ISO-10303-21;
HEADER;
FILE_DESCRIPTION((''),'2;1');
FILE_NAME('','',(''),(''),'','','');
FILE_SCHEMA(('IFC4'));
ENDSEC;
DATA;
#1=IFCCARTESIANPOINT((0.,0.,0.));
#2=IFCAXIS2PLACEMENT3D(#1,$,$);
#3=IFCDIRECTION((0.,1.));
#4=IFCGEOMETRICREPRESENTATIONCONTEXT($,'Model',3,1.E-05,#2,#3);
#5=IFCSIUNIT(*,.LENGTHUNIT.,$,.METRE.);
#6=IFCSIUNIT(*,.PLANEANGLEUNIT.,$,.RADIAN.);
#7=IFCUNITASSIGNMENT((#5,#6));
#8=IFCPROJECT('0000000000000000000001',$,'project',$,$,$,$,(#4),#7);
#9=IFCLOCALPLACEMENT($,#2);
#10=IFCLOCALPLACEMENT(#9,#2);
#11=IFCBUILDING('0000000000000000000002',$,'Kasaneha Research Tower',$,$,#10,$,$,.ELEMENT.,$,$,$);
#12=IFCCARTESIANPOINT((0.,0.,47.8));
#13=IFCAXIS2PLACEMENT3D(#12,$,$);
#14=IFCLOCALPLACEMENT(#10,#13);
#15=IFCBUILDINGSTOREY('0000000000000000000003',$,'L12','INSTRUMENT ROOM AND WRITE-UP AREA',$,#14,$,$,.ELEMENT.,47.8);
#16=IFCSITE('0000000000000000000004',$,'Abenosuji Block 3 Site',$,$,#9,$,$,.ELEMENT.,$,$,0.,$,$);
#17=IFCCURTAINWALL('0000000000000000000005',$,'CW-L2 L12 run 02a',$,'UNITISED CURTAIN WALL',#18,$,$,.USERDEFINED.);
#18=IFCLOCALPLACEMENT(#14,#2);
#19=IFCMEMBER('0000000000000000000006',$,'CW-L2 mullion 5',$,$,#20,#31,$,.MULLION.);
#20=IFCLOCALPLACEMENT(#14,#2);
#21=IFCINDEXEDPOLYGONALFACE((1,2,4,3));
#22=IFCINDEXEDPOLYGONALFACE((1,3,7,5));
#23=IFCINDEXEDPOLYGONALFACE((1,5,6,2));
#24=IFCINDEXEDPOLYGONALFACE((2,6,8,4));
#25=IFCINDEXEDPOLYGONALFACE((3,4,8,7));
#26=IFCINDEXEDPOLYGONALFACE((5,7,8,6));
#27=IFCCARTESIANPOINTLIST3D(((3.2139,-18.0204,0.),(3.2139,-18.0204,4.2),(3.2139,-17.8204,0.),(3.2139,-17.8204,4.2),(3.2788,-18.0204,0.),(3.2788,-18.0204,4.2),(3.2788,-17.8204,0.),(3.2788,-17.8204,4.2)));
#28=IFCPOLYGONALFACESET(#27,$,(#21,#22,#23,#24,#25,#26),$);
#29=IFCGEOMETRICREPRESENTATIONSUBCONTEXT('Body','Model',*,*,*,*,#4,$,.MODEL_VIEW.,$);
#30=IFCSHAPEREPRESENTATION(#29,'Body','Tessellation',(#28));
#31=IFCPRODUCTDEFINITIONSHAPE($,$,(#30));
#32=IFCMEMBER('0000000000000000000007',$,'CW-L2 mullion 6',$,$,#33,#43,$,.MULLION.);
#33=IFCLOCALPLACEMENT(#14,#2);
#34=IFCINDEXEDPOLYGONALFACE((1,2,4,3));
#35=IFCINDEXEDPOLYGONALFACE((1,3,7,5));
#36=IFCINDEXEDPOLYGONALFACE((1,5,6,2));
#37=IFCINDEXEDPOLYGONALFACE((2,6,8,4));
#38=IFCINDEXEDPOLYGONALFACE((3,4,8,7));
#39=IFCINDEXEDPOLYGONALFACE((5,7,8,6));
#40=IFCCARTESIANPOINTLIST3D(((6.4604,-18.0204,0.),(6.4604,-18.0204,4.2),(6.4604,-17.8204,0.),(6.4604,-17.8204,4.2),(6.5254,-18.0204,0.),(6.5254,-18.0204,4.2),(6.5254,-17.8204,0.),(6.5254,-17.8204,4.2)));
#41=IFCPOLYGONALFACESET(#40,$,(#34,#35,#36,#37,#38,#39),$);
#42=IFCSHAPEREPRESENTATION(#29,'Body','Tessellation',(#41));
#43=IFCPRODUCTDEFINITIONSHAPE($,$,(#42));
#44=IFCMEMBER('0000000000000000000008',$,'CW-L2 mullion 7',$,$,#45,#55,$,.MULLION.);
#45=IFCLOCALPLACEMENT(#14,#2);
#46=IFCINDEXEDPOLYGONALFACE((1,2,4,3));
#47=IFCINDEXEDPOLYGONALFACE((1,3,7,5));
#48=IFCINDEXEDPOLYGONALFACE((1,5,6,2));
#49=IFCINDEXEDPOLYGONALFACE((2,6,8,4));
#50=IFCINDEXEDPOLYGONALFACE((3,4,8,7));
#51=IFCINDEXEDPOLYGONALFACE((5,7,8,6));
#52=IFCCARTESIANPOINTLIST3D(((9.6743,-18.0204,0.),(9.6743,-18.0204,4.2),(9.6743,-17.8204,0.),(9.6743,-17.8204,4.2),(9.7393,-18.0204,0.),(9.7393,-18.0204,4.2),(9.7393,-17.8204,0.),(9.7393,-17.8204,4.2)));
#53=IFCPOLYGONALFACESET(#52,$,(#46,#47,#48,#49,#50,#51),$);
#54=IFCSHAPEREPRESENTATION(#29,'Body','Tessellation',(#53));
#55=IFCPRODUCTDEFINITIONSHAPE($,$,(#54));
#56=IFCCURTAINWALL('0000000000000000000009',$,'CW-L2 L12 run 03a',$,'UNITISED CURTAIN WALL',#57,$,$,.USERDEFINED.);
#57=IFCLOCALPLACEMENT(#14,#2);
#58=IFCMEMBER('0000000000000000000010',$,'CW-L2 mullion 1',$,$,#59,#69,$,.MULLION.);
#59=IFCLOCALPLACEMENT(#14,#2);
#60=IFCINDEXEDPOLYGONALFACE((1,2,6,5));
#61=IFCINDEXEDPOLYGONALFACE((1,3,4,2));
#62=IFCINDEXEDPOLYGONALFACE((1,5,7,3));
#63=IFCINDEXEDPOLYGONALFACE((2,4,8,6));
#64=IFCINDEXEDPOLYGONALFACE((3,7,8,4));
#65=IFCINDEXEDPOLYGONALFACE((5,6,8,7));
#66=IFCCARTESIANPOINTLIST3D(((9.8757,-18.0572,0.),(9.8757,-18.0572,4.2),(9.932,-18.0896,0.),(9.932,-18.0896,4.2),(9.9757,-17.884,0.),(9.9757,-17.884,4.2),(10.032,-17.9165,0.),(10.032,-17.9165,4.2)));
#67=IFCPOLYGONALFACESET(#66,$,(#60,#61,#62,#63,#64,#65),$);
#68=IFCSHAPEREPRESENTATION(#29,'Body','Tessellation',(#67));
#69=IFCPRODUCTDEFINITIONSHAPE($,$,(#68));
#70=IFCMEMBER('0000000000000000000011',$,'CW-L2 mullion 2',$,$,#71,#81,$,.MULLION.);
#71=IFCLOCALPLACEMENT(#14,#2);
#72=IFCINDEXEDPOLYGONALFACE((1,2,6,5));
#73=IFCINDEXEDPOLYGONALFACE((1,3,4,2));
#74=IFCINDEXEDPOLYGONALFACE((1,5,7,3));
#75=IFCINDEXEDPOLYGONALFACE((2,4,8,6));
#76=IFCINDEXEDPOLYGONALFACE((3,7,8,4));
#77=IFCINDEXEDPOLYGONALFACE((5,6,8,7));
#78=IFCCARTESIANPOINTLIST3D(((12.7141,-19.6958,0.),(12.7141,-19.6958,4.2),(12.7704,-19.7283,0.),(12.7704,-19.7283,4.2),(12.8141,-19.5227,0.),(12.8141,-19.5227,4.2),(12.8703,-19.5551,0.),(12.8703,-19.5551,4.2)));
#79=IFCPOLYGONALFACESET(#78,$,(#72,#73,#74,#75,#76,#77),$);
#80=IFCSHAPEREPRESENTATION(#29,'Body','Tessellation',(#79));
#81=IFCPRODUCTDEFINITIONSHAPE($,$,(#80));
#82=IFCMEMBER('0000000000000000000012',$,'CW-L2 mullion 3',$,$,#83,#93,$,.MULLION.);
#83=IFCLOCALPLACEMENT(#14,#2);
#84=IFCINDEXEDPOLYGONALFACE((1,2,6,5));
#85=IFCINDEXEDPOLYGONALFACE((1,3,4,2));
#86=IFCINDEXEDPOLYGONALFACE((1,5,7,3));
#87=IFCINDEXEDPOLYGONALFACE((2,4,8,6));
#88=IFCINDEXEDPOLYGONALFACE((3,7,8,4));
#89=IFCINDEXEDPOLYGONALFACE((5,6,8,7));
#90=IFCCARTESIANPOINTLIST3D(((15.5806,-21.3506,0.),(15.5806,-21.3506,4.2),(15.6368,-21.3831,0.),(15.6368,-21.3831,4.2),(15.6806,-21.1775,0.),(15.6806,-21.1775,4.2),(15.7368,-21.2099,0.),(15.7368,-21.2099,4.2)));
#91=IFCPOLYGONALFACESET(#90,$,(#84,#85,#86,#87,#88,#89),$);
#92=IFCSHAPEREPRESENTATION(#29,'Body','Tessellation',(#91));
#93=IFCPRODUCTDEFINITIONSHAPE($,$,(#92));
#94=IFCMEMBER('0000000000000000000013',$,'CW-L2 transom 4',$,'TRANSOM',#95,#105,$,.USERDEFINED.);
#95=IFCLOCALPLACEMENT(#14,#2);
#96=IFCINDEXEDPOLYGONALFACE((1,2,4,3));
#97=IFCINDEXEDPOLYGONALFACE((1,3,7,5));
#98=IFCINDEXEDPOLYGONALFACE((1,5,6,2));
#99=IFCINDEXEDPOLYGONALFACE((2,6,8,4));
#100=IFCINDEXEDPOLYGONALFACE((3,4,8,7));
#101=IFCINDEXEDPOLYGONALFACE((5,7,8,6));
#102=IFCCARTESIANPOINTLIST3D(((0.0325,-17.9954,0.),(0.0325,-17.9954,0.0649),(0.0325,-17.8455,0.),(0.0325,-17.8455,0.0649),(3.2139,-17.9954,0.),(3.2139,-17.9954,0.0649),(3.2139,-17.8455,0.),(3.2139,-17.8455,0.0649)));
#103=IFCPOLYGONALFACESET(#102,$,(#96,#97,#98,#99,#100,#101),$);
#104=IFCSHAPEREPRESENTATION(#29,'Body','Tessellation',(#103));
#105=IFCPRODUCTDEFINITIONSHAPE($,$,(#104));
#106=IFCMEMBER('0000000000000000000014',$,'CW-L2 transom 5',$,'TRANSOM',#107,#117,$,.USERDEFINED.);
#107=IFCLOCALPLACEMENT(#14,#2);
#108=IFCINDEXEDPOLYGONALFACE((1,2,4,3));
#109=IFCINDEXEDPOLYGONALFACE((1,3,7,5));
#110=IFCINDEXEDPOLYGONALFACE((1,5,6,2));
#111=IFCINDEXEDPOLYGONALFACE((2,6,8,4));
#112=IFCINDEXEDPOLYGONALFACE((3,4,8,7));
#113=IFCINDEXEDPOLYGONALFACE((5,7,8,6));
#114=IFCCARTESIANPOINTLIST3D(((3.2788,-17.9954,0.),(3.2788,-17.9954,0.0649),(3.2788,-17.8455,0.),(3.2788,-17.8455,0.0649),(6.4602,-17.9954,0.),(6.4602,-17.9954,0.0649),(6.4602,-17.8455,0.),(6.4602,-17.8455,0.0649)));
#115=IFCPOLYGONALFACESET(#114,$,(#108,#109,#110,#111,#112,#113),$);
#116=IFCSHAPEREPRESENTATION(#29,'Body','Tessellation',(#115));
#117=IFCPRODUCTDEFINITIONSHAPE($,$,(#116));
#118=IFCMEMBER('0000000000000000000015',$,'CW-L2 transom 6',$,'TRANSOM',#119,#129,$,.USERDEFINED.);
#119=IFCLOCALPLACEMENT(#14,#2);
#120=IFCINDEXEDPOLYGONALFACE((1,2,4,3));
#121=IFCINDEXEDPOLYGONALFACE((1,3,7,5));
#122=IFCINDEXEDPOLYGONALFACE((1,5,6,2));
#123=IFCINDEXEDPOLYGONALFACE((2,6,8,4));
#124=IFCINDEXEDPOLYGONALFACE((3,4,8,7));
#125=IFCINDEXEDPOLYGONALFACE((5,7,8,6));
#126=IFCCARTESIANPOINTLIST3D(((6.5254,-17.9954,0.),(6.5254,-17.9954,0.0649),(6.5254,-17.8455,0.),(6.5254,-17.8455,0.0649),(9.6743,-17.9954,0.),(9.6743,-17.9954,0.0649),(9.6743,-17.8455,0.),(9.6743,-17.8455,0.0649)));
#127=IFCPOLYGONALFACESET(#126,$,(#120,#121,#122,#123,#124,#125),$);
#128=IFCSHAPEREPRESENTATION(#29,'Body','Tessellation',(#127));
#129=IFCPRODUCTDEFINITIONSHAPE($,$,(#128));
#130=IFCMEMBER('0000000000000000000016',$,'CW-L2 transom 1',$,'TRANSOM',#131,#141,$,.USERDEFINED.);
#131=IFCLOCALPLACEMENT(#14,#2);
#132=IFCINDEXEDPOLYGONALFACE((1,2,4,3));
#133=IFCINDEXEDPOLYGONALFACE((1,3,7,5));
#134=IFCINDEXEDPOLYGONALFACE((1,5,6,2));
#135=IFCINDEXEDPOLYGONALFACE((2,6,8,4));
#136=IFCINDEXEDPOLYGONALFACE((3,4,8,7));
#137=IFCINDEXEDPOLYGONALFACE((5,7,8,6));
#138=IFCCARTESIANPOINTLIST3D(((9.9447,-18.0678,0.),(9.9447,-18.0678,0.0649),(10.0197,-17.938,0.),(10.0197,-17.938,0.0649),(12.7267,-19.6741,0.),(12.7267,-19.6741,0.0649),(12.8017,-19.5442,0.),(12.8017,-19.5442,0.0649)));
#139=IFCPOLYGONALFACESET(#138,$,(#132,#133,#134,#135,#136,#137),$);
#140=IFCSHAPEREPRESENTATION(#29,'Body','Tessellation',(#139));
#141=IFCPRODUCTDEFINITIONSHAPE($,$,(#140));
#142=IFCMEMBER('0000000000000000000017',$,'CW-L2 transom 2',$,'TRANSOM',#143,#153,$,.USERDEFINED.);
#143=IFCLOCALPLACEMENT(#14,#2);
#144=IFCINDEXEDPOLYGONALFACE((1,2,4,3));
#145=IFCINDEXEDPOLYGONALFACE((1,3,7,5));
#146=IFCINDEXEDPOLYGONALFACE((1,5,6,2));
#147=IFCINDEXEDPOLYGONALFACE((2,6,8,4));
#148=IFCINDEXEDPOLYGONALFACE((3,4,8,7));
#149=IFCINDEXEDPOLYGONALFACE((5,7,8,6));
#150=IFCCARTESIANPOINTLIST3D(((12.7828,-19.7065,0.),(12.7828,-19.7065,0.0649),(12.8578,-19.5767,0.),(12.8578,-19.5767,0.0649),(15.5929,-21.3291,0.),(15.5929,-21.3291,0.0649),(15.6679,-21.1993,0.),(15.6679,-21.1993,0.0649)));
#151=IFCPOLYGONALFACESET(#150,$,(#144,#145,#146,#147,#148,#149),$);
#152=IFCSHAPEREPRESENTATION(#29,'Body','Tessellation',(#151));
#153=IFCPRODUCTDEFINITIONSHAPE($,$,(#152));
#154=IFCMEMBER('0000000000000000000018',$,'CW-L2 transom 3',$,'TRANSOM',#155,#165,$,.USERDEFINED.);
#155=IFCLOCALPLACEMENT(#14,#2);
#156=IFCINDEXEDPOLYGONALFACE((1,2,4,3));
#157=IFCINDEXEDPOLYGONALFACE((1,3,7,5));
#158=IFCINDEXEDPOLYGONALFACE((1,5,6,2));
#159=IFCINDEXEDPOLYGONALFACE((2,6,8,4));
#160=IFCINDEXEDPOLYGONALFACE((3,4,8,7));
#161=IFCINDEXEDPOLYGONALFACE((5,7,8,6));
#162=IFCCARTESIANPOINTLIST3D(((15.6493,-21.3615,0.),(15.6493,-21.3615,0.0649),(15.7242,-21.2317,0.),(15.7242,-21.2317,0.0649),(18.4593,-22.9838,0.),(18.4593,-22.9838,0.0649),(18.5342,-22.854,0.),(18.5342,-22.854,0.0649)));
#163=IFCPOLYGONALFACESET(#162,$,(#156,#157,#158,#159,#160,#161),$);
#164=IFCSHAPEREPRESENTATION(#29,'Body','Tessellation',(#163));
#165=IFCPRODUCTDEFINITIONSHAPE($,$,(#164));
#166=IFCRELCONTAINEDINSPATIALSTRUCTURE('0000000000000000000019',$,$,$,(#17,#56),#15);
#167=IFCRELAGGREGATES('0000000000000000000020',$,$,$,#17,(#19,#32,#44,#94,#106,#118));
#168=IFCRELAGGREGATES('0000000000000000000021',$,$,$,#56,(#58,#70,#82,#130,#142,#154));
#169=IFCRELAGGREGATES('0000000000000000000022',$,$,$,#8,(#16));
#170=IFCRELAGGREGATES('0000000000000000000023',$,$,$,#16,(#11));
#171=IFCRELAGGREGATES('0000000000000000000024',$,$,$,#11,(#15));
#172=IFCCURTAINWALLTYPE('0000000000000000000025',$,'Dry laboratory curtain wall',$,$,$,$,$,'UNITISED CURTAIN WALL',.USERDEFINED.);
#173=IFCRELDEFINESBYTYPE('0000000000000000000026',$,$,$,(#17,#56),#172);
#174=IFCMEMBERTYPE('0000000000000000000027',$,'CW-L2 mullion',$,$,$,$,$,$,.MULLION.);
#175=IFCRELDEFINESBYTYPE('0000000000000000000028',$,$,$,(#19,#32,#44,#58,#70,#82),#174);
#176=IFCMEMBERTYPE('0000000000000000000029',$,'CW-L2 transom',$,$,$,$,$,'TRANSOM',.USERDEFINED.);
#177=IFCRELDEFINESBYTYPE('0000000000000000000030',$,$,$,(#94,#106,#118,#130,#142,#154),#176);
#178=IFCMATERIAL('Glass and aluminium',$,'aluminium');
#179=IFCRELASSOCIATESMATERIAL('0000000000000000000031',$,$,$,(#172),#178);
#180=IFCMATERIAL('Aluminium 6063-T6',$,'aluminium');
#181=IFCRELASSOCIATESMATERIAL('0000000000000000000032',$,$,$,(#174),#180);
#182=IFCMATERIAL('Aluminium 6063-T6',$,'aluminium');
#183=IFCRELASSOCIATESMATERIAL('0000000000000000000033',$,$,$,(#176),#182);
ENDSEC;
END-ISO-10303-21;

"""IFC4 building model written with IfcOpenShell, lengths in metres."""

from ifc_helpers import new_model, si_unit, direction, frame, origin, origin_2d, place, context, subcontext, project, spatial, rectangle, extrude, material, material_profile, profile_set, type_object, element, aggregate, save


model = new_model("IFC4")

# Units and contexts
model_context = context("Model", 3, precision=1e-05, world=origin(), true_north=direction((0.0, 1.0)))
body_context = subcontext(model_context, "Body", "Model", "MODEL_VIEW")
ifc_project = project(units=[si_unit("LENGTHUNIT", "METRE"), si_unit("PLANEANGLEUNIT", "RADIAN")], contexts=[model_context])

# Site, building, storey
site_placement = place(None, origin())
site = spatial("IfcSite", under=ifc_project, at=site_placement, Name="Abenosuji Block 3 Site", CompositionType="ELEMENT", RefElevation=0.0)
building_placement = place(site_placement, origin())
building = spatial("IfcBuilding", under=site, at=building_placement, Name="Kasaneha Research Tower", CompositionType="ELEMENT")
storey_placement = place(building_placement, frame((0.0, 0.0, 47.8)))
storey = spatial("IfcBuildingStorey", under=building, at=storey_placement, Name="L12", Description="INSTRUMENT ROOM AND WRITE-UP AREA", CompositionType="ELEMENT", Elevation=47.8)

# Curtain walls, members
ifc_material_1 = material(Name="Glass and aluminium", Category="aluminium")
curtain_wall_type = type_object("IfcCurtainWallType", Name="Dry laboratory curtain wall", ElementType="UNITISED CURTAIN WALL", PredefinedType="USERDEFINED", material=ifc_material_1)
curtain_wall_1_placement = place(storey_placement, origin())
curtain_wall_1 = element("IfcCurtainWall", 1, at=curtain_wall_1_placement, inside=storey, type_object=curtain_wall_type, Name="CW-L2 L12 run 02a", ObjectType="UNITISED CURTAIN WALL", PredefinedType="USERDEFINED")
ifc_material_2 = material(Name="Aluminium 6063-T6", Category="aluminium")
ifc_material_profile_1 = material_profile(ifc_material_2, rectangle(XDim=0.0649, YDim=0.2, at=origin_2d()), Name="CW-L2 mullion 65x200")
ifc_profile_set_1 = profile_set([ifc_material_profile_1], Name="Aluminium 6063-T6")
member_type_1 = type_object("IfcMemberType", Name="CW-L2 mullion", PredefinedType="MULLION", material=ifc_profile_set_1)
member_1_placement = place(storey_placement, frame((3.2463, -17.9204, 0.0), z_axis=(0.0, 0.0, 1.0), x_axis=(1.0, 0.0, 0.0)))
member_1 = element("IfcMember", 2, at=member_1_placement, type_object=member_type_1, Name="CW-L2 mullion 5", PredefinedType="MULLION", context=body_context, shape_type="SweptSolid", body=[
    extrude(rectangle(XDim=0.0649, YDim=0.2, at=origin_2d()), origin(), (0.0, 0.0, 1.0), 4.2),
])
member_2_placement = place(storey_placement, frame((6.4929, -17.9204, 0.0), z_axis=(0.0, 0.0, 1.0), x_axis=(1.0, 0.0, 0.0)))
member_2 = element("IfcMember", 3, at=member_2_placement, type_object=member_type_1, Name="CW-L2 mullion 6", PredefinedType="MULLION", context=body_context, shape_type="SweptSolid", body=[
    extrude(rectangle(XDim=0.0649, YDim=0.2, at=origin_2d()), origin(), (0.0, 0.0, 1.0), 4.2),
])
member_3_placement = place(storey_placement, frame((9.7068, -17.9204, 0.0), z_axis=(0.0, 0.0, 1.0), x_axis=(1.0, 0.0, 0.0)))
member_3 = element("IfcMember", 4, at=member_3_placement, type_object=member_type_1, Name="CW-L2 mullion 7", PredefinedType="MULLION", context=body_context, shape_type="SweptSolid", body=[
    extrude(rectangle(XDim=0.0649, YDim=0.2, at=origin_2d()), origin(), (0.0, 0.0, 1.0), 4.2),
])
curtain_wall_2_placement = place(storey_placement, origin())
curtain_wall_2 = element("IfcCurtainWall", 5, at=curtain_wall_2_placement, inside=storey, type_object=curtain_wall_type, Name="CW-L2 L12 run 03a", ObjectType="UNITISED CURTAIN WALL", PredefinedType="USERDEFINED")
member_4_placement = place(storey_placement, frame((9.9539, -17.9868, 0.0), z_axis=(0.0, 0.0, 1.0), x_axis=(0.866025, -0.5, 0.0)))
member_4 = element("IfcMember", 6, at=member_4_placement, type_object=member_type_1, Name="CW-L2 mullion 1", PredefinedType="MULLION", context=body_context, shape_type="SweptSolid", body=[
    extrude(rectangle(XDim=0.0649, YDim=0.2, at=origin_2d()), origin(), (0.0, 0.0, 1.0), 4.2),
])
member_5_placement = place(storey_placement, frame((12.7922, -19.6255, 0.0), z_axis=(0.0, 0.0, 1.0), x_axis=(0.866025, -0.5, 0.0)))
member_5 = element("IfcMember", 7, at=member_5_placement, type_object=member_type_1, Name="CW-L2 mullion 2", PredefinedType="MULLION", context=body_context, shape_type="SweptSolid", body=[
    extrude(rectangle(XDim=0.0649, YDim=0.2, at=origin_2d()), origin(), (0.0, 0.0, 1.0), 4.2),
])
member_6_placement = place(storey_placement, frame((15.6587, -21.2803, 0.0), z_axis=(0.0, 0.0, 1.0), x_axis=(0.866025, -0.5, 0.0)))
member_6 = element("IfcMember", 8, at=member_6_placement, type_object=member_type_1, Name="CW-L2 mullion 3", PredefinedType="MULLION", context=body_context, shape_type="SweptSolid", body=[
    extrude(rectangle(XDim=0.0649, YDim=0.2, at=origin_2d()), origin(), (0.0, 0.0, 1.0), 4.2),
])

# Members
ifc_material_3 = material(Name="Aluminium 6063-T6", Category="aluminium")
ifc_material_profile_2 = material_profile(ifc_material_3, rectangle(XDim=0.1499, YDim=0.0649, at=origin_2d()), Name="CW-L2 transom 150x65")
ifc_profile_set_2 = profile_set([ifc_material_profile_2], Name="Aluminium 6063-T6")
member_type_2 = type_object("IfcMemberType", Name="CW-L2 transom", ElementType="TRANSOM", PredefinedType="USERDEFINED", material=ifc_profile_set_2)
member_7_placement = place(storey_placement, frame((0.0325, -17.9204, 0.0325), z_axis=(1.0, 0.0, 0.0), x_axis=(0.0, 1.0, 0.0)))
member_7 = element("IfcMember", 9, at=member_7_placement, type_object=member_type_2, Name="CW-L2 transom 4", ObjectType="TRANSOM", PredefinedType="USERDEFINED", context=body_context, shape_type="SweptSolid", body=[
    extrude(rectangle(XDim=0.1499, YDim=0.0649, at=origin_2d()), origin(), (0.0, 0.0, 1.0), 3.1814),
])
member_8_placement = place(storey_placement, frame((3.2788, -17.9204, 0.0325), z_axis=(1.0, 0.0, 0.0), x_axis=(0.0, 1.0, 0.0)))
member_8 = element("IfcMember", 10, at=member_8_placement, type_object=member_type_2, Name="CW-L2 transom 5", ObjectType="TRANSOM", PredefinedType="USERDEFINED", context=body_context, shape_type="SweptSolid", body=[
    extrude(rectangle(XDim=0.1499, YDim=0.0649, at=origin_2d()), origin(), (0.0, 0.0, 1.0), 3.1814),
])
member_9_placement = place(storey_placement, frame((6.5254, -17.9204, 0.0325), z_axis=(1.0, 0.0, 0.0), x_axis=(0.0, 1.0, 0.0)))
member_9 = element("IfcMember", 11, at=member_9_placement, type_object=member_type_2, Name="CW-L2 transom 6", ObjectType="TRANSOM", PredefinedType="USERDEFINED", context=body_context, shape_type="SweptSolid", body=[
    extrude(rectangle(XDim=0.1499, YDim=0.0649, at=origin_2d()), origin(), (0.0, 0.0, 1.0), 3.1489),
])
member_10_placement = place(storey_placement, frame((9.9822, -18.0029, 0.0325), z_axis=(0.866022, -0.500005, 0.0), x_axis=(0.500005, 0.866022, 0.0)))
member_10 = element("IfcMember", 12, at=member_10_placement, type_object=member_type_2, Name="CW-L2 transom 1", ObjectType="TRANSOM", PredefinedType="USERDEFINED", context=body_context, shape_type="SweptSolid", body=[
    extrude(rectangle(XDim=0.1499, YDim=0.0649, at=origin_2d()), origin(), (0.0, 0.0, 1.0), 3.2124),
])
member_11_placement = place(storey_placement, frame((12.8203, -19.6416, 0.0325), z_axis=(0.866003, -0.500039, 0.0), x_axis=(0.500039, 0.866003, 0.0)))
member_11 = element("IfcMember", 13, at=member_11_placement, type_object=member_type_2, Name="CW-L2 transom 2", ObjectType="TRANSOM", PredefinedType="USERDEFINED", context=body_context, shape_type="SweptSolid", body=[
    extrude(rectangle(XDim=0.1499, YDim=0.0649, at=origin_2d()), origin(), (0.0, 0.0, 1.0), 3.2449),
])
member_12_placement = place(storey_placement, frame((15.6868, -21.2966, 0.0325), z_axis=(0.866035, -0.499983, 0.0), x_axis=(0.499983, 0.866035, 0.0)))
member_12 = element("IfcMember", 14, at=member_12_placement, type_object=member_type_2, Name="CW-L2 transom 3", ObjectType="TRANSOM", PredefinedType="USERDEFINED", context=body_context, shape_type="SweptSolid", body=[
    extrude(rectangle(XDim=0.1499, YDim=0.0649, at=origin_2d()), origin(), (0.0, 0.0, 1.0), 3.2446),
])

aggregate(curtain_wall_1, [member_1, member_2, member_3, member_7, member_8, member_9])
aggregate(curtain_wall_2, [member_4, member_5, member_6, member_10, member_11, member_12])

save(model, "model.ifc")
